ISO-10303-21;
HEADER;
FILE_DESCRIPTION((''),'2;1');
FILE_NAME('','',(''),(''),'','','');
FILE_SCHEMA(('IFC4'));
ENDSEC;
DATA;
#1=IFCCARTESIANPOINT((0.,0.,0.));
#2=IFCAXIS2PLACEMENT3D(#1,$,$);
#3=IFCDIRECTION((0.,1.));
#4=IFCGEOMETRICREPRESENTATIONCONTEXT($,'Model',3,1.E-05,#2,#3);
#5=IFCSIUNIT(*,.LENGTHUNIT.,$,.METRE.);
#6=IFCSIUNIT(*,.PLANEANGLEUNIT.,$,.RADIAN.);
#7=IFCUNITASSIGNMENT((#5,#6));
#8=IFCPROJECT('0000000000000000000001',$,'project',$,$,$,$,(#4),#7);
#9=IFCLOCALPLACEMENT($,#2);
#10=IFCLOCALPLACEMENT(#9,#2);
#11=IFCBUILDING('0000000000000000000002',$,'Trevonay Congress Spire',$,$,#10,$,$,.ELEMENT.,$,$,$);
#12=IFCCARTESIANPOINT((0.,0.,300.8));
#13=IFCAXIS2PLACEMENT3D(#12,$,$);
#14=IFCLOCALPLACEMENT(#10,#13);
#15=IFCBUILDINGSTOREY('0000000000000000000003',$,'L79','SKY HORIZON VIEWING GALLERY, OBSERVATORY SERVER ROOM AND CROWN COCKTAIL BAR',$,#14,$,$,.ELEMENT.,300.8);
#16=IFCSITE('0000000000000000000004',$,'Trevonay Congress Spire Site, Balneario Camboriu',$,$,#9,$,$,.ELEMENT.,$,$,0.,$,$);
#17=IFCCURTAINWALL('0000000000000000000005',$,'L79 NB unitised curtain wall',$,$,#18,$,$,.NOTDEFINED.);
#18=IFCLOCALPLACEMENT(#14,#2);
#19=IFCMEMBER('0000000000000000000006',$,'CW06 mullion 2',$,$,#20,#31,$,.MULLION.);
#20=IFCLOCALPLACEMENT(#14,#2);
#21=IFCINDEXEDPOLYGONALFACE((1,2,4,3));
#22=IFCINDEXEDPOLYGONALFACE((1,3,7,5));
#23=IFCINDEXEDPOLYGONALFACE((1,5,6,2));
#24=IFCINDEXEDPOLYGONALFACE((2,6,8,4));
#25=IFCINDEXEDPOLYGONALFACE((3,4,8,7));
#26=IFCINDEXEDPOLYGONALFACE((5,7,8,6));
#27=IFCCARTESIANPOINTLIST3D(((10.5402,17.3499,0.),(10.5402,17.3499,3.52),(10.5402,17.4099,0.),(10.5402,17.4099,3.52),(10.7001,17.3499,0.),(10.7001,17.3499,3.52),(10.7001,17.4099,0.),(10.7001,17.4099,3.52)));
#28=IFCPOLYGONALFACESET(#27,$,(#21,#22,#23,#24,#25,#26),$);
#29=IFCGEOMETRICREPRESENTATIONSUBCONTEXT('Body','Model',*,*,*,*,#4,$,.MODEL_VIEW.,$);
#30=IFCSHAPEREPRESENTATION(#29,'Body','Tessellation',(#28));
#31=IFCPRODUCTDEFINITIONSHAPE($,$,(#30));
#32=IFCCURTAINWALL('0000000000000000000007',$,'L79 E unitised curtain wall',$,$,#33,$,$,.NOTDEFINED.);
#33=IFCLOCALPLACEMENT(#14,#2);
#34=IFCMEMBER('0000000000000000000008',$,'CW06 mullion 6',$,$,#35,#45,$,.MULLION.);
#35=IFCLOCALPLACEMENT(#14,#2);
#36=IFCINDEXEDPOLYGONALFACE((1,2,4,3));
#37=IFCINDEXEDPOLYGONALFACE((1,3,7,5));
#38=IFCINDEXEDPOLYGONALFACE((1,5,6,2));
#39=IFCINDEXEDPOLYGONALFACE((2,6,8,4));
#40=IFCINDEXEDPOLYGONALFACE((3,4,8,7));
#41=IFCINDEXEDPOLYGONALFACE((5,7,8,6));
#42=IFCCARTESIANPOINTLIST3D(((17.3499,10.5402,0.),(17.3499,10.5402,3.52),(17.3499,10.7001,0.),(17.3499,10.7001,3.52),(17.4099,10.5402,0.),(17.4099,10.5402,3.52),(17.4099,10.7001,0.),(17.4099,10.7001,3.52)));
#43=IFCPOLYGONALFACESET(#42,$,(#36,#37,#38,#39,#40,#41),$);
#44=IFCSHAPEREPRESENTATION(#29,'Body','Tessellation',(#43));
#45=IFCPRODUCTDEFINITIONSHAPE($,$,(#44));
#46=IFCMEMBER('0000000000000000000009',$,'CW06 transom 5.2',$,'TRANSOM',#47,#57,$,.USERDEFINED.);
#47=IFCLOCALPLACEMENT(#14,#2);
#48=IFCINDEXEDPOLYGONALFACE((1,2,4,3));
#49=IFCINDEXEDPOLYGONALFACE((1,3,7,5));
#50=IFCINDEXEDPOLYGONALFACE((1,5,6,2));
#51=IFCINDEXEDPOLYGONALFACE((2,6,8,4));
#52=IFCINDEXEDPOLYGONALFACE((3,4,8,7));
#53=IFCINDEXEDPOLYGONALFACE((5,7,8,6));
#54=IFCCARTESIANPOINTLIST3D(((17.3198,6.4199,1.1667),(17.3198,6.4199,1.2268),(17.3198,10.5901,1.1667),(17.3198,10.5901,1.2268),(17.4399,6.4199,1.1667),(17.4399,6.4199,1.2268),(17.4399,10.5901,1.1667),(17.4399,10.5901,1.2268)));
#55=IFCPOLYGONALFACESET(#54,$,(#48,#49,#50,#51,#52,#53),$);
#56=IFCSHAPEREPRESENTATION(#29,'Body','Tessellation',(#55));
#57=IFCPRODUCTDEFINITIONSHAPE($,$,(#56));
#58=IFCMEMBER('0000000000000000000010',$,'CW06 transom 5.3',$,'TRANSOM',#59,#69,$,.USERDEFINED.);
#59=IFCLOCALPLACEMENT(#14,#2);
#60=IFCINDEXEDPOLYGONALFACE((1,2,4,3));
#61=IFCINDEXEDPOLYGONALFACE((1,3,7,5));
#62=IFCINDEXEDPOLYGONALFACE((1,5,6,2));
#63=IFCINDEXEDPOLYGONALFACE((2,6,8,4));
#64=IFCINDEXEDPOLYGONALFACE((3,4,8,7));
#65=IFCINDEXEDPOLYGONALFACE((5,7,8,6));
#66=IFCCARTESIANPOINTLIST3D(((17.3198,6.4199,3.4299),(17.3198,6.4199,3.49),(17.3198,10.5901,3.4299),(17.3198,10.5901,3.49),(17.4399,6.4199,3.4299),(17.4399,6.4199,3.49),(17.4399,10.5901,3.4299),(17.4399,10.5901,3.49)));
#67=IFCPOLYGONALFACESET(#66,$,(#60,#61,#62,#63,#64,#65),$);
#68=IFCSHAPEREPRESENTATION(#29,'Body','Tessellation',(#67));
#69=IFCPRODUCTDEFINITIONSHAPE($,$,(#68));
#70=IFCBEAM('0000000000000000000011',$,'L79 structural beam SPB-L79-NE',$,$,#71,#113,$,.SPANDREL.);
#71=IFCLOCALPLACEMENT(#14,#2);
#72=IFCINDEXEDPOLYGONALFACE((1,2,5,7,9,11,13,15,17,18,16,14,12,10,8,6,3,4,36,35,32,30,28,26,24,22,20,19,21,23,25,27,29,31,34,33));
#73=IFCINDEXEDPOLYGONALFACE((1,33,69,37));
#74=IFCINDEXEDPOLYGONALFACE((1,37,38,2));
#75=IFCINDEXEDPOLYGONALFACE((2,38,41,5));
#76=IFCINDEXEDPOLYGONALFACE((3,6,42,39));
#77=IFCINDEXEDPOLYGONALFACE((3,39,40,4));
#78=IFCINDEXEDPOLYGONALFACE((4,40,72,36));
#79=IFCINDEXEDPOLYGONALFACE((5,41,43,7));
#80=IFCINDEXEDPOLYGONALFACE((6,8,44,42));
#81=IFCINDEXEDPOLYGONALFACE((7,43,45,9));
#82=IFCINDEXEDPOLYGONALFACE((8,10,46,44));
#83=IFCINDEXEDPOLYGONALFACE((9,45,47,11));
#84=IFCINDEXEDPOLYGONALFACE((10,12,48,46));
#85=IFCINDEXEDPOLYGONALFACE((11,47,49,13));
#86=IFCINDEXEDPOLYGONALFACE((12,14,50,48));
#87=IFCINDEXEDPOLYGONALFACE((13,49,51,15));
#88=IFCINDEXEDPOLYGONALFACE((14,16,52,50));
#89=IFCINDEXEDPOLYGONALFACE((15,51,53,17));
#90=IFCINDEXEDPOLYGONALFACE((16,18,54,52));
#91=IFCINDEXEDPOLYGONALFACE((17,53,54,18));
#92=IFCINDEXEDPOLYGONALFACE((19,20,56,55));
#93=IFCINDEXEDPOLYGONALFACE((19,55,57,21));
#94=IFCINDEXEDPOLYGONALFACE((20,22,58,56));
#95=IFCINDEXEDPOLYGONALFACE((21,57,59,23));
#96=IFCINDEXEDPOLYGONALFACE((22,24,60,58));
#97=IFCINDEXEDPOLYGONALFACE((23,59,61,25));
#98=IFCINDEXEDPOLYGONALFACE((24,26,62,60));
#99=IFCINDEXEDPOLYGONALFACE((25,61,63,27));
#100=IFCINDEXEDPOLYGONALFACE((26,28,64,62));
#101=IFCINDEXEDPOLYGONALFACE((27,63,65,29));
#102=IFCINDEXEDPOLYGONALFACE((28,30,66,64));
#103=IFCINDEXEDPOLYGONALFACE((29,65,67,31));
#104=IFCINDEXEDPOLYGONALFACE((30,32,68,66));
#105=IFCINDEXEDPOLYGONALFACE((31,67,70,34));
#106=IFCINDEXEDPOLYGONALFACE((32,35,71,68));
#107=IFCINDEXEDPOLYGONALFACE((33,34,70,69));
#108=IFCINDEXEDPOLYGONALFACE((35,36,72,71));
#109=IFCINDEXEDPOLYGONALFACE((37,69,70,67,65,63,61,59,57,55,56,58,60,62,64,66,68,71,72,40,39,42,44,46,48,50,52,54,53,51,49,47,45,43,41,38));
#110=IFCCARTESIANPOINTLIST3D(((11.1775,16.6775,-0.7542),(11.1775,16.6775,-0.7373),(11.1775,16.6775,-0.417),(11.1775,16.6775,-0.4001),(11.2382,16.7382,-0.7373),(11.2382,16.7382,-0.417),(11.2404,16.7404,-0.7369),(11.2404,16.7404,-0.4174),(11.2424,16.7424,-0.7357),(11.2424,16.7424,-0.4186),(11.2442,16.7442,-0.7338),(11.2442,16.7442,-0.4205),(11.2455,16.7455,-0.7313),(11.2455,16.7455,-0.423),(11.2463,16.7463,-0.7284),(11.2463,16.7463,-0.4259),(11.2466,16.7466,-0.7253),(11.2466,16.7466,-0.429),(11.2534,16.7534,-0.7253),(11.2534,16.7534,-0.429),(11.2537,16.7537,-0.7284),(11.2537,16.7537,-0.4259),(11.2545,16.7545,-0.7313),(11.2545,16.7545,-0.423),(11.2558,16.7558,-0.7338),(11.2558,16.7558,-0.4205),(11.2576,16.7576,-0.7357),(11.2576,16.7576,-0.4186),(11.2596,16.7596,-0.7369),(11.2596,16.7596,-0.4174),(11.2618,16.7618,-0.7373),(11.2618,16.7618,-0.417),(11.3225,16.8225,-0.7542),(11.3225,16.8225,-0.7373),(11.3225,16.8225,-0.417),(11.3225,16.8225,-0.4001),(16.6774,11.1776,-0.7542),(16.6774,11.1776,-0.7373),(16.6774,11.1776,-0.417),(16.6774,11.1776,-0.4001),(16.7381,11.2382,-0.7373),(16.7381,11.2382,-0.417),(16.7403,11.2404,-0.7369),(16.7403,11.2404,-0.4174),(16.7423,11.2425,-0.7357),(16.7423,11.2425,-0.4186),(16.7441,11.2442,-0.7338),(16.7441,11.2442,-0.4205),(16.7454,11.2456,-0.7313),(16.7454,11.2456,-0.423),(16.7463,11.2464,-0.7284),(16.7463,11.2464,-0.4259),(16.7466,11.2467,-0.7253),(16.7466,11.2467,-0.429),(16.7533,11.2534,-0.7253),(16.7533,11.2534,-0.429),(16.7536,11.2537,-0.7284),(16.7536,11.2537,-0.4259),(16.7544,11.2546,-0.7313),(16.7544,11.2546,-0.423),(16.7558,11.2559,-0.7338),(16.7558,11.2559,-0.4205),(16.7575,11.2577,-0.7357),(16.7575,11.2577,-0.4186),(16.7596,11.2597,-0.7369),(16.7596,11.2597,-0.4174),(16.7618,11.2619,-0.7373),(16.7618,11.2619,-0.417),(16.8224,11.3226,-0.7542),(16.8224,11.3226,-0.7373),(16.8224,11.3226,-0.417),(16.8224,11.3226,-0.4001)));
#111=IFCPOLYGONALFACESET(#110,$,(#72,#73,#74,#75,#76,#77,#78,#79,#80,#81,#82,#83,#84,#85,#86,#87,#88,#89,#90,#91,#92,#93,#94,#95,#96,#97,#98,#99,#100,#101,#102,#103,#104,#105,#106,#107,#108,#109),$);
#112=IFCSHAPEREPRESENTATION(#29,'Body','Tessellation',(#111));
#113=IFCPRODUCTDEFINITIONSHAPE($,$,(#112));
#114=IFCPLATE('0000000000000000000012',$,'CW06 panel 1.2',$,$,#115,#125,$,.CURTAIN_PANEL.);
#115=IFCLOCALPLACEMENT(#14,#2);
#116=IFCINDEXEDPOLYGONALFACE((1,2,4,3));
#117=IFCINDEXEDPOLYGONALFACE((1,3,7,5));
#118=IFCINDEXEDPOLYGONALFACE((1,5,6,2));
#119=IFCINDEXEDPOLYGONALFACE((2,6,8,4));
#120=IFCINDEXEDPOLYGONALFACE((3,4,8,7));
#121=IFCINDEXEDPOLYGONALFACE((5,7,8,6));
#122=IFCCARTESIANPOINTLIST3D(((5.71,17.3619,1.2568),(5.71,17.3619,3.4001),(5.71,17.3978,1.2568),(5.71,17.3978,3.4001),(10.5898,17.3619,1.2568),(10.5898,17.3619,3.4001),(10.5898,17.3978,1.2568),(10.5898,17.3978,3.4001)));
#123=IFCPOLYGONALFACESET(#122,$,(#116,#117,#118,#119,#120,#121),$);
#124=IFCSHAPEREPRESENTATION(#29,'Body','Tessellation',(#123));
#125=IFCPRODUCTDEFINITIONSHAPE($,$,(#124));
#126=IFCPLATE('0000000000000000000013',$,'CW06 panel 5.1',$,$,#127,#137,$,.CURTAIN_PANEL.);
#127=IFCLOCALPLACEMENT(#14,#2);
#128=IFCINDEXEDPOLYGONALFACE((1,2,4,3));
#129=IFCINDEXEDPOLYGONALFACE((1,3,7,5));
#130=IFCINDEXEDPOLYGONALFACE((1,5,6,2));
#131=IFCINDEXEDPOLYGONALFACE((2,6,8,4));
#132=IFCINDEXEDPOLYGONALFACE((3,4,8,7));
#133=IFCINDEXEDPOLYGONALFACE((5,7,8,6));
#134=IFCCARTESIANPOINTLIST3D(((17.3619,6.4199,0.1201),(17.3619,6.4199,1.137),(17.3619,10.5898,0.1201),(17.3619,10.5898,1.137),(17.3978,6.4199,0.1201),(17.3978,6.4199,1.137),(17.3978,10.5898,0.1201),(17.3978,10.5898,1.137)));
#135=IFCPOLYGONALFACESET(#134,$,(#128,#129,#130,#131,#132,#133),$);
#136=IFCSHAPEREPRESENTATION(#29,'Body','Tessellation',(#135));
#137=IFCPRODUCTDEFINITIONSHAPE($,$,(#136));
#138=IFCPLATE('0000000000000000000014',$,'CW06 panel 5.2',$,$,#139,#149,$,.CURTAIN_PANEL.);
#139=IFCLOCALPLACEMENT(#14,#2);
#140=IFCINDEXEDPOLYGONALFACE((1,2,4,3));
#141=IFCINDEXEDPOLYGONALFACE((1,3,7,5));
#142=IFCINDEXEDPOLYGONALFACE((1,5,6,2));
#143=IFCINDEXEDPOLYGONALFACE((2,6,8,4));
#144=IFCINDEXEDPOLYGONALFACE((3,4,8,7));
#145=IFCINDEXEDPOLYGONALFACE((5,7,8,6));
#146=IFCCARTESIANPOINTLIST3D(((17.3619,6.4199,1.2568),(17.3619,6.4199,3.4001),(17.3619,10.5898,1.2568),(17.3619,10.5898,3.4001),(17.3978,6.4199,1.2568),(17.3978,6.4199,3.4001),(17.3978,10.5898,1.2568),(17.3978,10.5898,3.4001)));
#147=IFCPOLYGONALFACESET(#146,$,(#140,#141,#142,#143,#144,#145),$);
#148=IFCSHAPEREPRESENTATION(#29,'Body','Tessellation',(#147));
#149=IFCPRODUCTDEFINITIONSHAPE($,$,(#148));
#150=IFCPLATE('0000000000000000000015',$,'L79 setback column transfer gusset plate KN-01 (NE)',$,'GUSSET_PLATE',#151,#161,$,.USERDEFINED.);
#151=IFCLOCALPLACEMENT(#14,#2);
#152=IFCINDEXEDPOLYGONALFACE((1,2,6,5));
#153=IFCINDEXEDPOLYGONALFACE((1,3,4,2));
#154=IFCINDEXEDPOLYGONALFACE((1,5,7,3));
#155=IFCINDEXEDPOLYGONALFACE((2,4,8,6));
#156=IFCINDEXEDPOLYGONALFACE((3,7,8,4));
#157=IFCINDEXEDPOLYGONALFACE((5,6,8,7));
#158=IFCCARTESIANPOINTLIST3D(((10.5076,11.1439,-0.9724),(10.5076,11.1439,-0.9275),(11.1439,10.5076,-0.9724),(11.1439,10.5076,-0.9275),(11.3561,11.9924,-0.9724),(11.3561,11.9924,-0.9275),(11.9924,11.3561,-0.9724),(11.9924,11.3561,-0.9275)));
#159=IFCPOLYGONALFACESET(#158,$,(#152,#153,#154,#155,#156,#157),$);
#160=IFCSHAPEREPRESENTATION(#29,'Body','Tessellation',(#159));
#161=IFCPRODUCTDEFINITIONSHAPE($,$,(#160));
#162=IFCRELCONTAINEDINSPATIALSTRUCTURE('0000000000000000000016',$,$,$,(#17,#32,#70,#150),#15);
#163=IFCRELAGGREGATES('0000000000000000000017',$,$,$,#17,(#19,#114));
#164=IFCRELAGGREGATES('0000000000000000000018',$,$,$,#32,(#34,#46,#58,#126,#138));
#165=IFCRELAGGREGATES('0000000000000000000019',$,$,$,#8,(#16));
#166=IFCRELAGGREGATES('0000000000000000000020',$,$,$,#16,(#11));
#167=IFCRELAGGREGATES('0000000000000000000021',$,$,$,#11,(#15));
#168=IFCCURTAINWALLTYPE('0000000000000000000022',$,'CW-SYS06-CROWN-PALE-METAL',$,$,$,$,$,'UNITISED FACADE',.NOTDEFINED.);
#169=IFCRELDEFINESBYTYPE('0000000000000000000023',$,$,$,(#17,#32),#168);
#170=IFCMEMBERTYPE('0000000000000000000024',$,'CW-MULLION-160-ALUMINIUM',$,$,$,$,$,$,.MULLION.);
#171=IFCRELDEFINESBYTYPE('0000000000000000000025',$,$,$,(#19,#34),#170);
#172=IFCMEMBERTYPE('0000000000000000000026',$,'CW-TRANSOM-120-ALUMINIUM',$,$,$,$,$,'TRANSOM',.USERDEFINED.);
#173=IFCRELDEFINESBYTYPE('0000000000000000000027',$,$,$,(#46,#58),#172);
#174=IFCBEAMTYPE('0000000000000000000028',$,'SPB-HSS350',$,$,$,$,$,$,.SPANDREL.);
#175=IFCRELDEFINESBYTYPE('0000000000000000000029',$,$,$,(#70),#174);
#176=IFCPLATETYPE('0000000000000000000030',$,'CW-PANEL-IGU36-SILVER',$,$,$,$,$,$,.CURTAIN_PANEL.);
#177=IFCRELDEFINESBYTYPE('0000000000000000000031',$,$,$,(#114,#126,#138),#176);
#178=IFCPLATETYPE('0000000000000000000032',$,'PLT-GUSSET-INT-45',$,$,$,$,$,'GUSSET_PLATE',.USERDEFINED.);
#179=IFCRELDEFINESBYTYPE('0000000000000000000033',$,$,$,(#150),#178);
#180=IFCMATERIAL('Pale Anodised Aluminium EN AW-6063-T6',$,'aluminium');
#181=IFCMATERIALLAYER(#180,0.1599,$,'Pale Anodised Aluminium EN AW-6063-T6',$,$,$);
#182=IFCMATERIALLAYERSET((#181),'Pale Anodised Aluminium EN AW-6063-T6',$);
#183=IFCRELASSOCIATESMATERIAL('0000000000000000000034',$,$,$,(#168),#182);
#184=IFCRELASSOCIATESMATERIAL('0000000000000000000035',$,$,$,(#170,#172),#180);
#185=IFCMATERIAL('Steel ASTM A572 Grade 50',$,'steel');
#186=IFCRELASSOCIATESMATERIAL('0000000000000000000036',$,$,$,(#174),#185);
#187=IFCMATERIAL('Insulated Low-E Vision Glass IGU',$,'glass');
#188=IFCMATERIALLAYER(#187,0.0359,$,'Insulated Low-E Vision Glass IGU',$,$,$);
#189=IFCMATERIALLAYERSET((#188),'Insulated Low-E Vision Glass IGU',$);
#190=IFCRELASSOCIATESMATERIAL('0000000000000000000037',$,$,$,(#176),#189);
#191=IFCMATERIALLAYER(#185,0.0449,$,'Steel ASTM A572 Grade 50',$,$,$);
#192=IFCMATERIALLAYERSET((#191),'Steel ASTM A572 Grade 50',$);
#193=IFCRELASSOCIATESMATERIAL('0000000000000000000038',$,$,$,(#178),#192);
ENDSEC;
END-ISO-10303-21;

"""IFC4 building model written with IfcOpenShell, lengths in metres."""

from ifc_helpers import new_model, si_unit, direction, frame, origin, origin_2d, place, context, subcontext, project, spatial, rectangle, i_section, extrude, material, layer, layer_set, material_profile, profile_set, type_object, element, aggregate, save


model = new_model("IFC4")

# Units and contexts
model_context = context("Model", 3, precision=1e-05, world=origin(), true_north=direction((0.0, 1.0)))
body_context = subcontext(model_context, "Body", "Model", "MODEL_VIEW")
ifc_project = project(units=[si_unit("LENGTHUNIT", "METRE"), si_unit("PLANEANGLEUNIT", "RADIAN")], contexts=[model_context])

# Site, building, storey
site_placement = place(None, origin())
site = spatial("IfcSite", under=ifc_project, at=site_placement, Name="Trevonay Congress Spire Site, Balneario Camboriu", CompositionType="ELEMENT", RefElevation=0.0)
building_placement = place(site_placement, origin())
building = spatial("IfcBuilding", under=site, at=building_placement, Name="Trevonay Congress Spire", CompositionType="ELEMENT")
storey_placement = place(building_placement, frame((0.0, 0.0, 300.8)))
storey = spatial("IfcBuildingStorey", under=building, at=storey_placement, Name="L79", Description="SKY HORIZON VIEWING GALLERY, OBSERVATORY SERVER ROOM AND CROWN COCKTAIL BAR", CompositionType="ELEMENT", Elevation=300.8)

# Shared definitions
ifc_material_1 = material(Name="Steel ASTM A572 Grade 50", Category="steel")

# Curtain wall, member
ifc_material_2 = material(Name="Pale Anodised Aluminium EN AW-6063-T6", Category="aluminium")
ifc_layer_1 = layer(ifc_material_2, 0.1599, Name="Pale Anodised Aluminium EN AW-6063-T6")
ifc_layer_set_1 = layer_set([ifc_layer_1], Name="Pale Anodised Aluminium EN AW-6063-T6")
curtain_wall_type = type_object("IfcCurtainWallType", Name="CW-SYS06-CROWN-PALE-METAL", ElementType="UNITISED FACADE", PredefinedType="NOTDEFINED", material=ifc_layer_set_1)
curtain_wall_1_placement = place(storey_placement, origin())
curtain_wall_1 = element("IfcCurtainWall", 1, at=curtain_wall_1_placement, inside=storey, type_object=curtain_wall_type, Name="L79 NB unitised curtain wall", PredefinedType="NOTDEFINED")
ifc_material_profile_1 = material_profile(ifc_material_2, rectangle(XDim=0.0601, YDim=0.1599, at=origin_2d()), Name="CW-MULLION-160-ALUMINIUM")
ifc_profile_set_1 = profile_set([ifc_material_profile_1], Name="Pale Anodised Aluminium EN AW-6063-T6")
member_type_1 = type_object("IfcMemberType", Name="CW-MULLION-160-ALUMINIUM", PredefinedType="MULLION", material=ifc_profile_set_1)
member_1_placement = place(storey_placement, frame((10.6201, 17.3799, 0.0), z_axis=(0.0, 0.0, 1.0), x_axis=(0.0, 1.0, 0.0)))
member_1 = element("IfcMember", 2, at=member_1_placement, type_object=member_type_1, Name="CW06 mullion 2", PredefinedType="MULLION", context=body_context, shape_type="SweptSolid", body=[
    extrude(rectangle(XDim=0.0601, YDim=0.1599, at=origin_2d()), origin(), (0.0, 0.0, 1.0), 3.52),
])

# Curtain wall, members
curtain_wall_2_placement = place(storey_placement, origin())
curtain_wall_2 = element("IfcCurtainWall", 3, at=curtain_wall_2_placement, inside=storey, type_object=curtain_wall_type, Name="L79 E unitised curtain wall", PredefinedType="NOTDEFINED")
member_2_placement = place(storey_placement, frame((17.3799, 10.6201, 0.0), z_axis=(0.0, 0.0, 1.0), x_axis=(-1.0, 0.0, 0.0)))
member_2 = element("IfcMember", 4, at=member_2_placement, type_object=member_type_1, Name="CW06 mullion 6", PredefinedType="MULLION", context=body_context, shape_type="SweptSolid", body=[
    extrude(rectangle(XDim=0.0601, YDim=0.1599, at=origin_2d()), origin(), (0.0, 0.0, 1.0), 3.52),
])
ifc_material_profile_2 = material_profile(ifc_material_2, rectangle(XDim=0.1201, YDim=0.0601, at=origin_2d()), Name="CW-TRANSOM-120-ALUMINIUM")
ifc_profile_set_2 = profile_set([ifc_material_profile_2], Name="Pale Anodised Aluminium EN AW-6063-T6")
member_type_2 = type_object("IfcMemberType", Name="CW-TRANSOM-120-ALUMINIUM", ElementType="TRANSOM", PredefinedType="USERDEFINED", material=ifc_profile_set_2)
member_3_placement = place(storey_placement, frame((17.3799, 6.4199, 1.1968), z_axis=(0.0, 1.0, 0.0), x_axis=(-1.0, 0.0, 0.0)))
member_3 = element("IfcMember", 5, at=member_3_placement, type_object=member_type_2, Name="CW06 transom 5.2", ObjectType="TRANSOM", PredefinedType="USERDEFINED", context=body_context, shape_type="SweptSolid", body=[
    extrude(rectangle(XDim=0.1201, YDim=0.0601, at=origin_2d()), origin(), (0.0, 0.0, 1.0), 4.1702),
])
member_4_placement = place(storey_placement, frame((17.3799, 6.4199, 3.46), z_axis=(0.0, 1.0, 0.0), x_axis=(-1.0, 0.0, 0.0)))
member_4 = element("IfcMember", 6, at=member_4_placement, type_object=member_type_2, Name="CW06 transom 5.3", ObjectType="TRANSOM", PredefinedType="USERDEFINED", context=body_context, shape_type="SweptSolid", body=[
    extrude(rectangle(XDim=0.1201, YDim=0.0601, at=origin_2d()), origin(), (0.0, 0.0, 1.0), 4.1702),
])

# Beam
ifc_material_profile_3 = material_profile(ifc_material_1, i_section(OverallWidth=0.2051, OverallDepth=0.354, WebThickness=0.0095, FlangeThickness=0.0168, FilletRadius=0.012, at=origin_2d()), Name="W360x79")
ifc_profile_set_3 = profile_set([ifc_material_profile_3], Name="Steel ASTM A572 Grade 50")
beam_type_1 = type_object("IfcBeamType", Name="SPB-HSS350", PredefinedType="SPANDREL", material=ifc_profile_set_3)
beam_1_placement = place(storey_placement, frame((11.25, 16.75, -0.5771), z_axis=(0.707107, -0.707107, 0.0), x_axis=(0.707107, 0.707107, 0.0)))
element("IfcBeam", 7, at=beam_1_placement, inside=storey, type_object=beam_type_1, Name="L79 structural beam SPB-L79-NE", PredefinedType="SPANDREL", context=body_context, shape_type="SweptSolid", body=[
    extrude(i_section(OverallWidth=0.2051, OverallDepth=0.354, WebThickness=0.0095, FlangeThickness=0.0168, FilletRadius=0.012, at=origin_2d()), origin(), (0.0, 0.0, 1.0), 7.7781),
])

# Plates
ifc_material_3 = material(Name="Insulated Low-E Vision Glass IGU", Category="glass")
ifc_layer_2 = layer(ifc_material_3, 0.0359, Name="Insulated Low-E Vision Glass IGU")
ifc_layer_set_2 = layer_set([ifc_layer_2], Name="Insulated Low-E Vision Glass IGU")
plate_type_1 = type_object("IfcPlateType", Name="CW-PANEL-IGU36-SILVER", PredefinedType="CURTAIN_PANEL", material=ifc_layer_set_2)
plate_1_placement = place(storey_placement, frame((8.1499, 17.3799, 1.2568), z_axis=(0.0, 0.0, 1.0), x_axis=(1.0, 0.0, 0.0)))
plate_1 = element("IfcPlate", 8, at=plate_1_placement, type_object=plate_type_1, Name="CW06 panel 1.2", PredefinedType="CURTAIN_PANEL", context=body_context, shape_type="SweptSolid", body=[
    extrude(rectangle(XDim=4.8799, YDim=0.0359, at=origin_2d()), origin(), (0.0, 0.0, 1.0), 2.1433),
])
aggregate(curtain_wall_1, [member_1, plate_1])
plate_2_placement = place(storey_placement, frame((17.3799, 8.5049, 0.1201), z_axis=(0.0, 0.0, 1.0), x_axis=(0.0, 1.0, 0.0)))
plate_2 = element("IfcPlate", 9, at=plate_2_placement, type_object=plate_type_1, Name="CW06 panel 5.1", PredefinedType="CURTAIN_PANEL", context=body_context, shape_type="SweptSolid", body=[
    extrude(rectangle(XDim=4.1699, YDim=0.0359, at=origin_2d()), origin(), (0.0, 0.0, 1.0), 1.0168),
])
plate_3_placement = place(storey_placement, frame((17.3799, 8.5049, 1.2568), z_axis=(0.0, 0.0, 1.0), x_axis=(0.0, 1.0, 0.0)))
plate_3 = element("IfcPlate", 10, at=plate_3_placement, type_object=plate_type_1, Name="CW06 panel 5.2", PredefinedType="CURTAIN_PANEL", context=body_context, shape_type="SweptSolid", body=[
    extrude(rectangle(XDim=4.1699, YDim=0.0359, at=origin_2d()), origin(), (0.0, 0.0, 1.0), 2.1433),
])
aggregate(curtain_wall_2, [member_2, member_3, member_4, plate_2, plate_3])
ifc_layer_3 = layer(ifc_material_1, 0.0449, Name="Steel ASTM A572 Grade 50")
ifc_layer_set_3 = layer_set([ifc_layer_3], Name="Steel ASTM A572 Grade 50")
plate_type_2 = type_object("IfcPlateType", Name="PLT-GUSSET-INT-45", ElementType="GUSSET_PLATE", PredefinedType="USERDEFINED", material=ifc_layer_set_3)
plate_4_placement = place(storey_placement, frame((11.25, 11.25, -0.9724), z_axis=(0.0, 0.0, 1.0), x_axis=(0.707107, 0.707107, 0.0)))
element("IfcPlate", 11, at=plate_4_placement, inside=storey, type_object=plate_type_2, Name="L79 setback column transfer gusset plate KN-01 (NE)", ObjectType="GUSSET_PLATE", PredefinedType="USERDEFINED", context=body_context, shape_type="SweptSolid", body=[
    extrude(rectangle(XDim=1.2, YDim=0.8999, at=origin_2d()), origin(), (0.0, 0.0, 1.0), 0.0449),
])

save(model, "model.ifc")
